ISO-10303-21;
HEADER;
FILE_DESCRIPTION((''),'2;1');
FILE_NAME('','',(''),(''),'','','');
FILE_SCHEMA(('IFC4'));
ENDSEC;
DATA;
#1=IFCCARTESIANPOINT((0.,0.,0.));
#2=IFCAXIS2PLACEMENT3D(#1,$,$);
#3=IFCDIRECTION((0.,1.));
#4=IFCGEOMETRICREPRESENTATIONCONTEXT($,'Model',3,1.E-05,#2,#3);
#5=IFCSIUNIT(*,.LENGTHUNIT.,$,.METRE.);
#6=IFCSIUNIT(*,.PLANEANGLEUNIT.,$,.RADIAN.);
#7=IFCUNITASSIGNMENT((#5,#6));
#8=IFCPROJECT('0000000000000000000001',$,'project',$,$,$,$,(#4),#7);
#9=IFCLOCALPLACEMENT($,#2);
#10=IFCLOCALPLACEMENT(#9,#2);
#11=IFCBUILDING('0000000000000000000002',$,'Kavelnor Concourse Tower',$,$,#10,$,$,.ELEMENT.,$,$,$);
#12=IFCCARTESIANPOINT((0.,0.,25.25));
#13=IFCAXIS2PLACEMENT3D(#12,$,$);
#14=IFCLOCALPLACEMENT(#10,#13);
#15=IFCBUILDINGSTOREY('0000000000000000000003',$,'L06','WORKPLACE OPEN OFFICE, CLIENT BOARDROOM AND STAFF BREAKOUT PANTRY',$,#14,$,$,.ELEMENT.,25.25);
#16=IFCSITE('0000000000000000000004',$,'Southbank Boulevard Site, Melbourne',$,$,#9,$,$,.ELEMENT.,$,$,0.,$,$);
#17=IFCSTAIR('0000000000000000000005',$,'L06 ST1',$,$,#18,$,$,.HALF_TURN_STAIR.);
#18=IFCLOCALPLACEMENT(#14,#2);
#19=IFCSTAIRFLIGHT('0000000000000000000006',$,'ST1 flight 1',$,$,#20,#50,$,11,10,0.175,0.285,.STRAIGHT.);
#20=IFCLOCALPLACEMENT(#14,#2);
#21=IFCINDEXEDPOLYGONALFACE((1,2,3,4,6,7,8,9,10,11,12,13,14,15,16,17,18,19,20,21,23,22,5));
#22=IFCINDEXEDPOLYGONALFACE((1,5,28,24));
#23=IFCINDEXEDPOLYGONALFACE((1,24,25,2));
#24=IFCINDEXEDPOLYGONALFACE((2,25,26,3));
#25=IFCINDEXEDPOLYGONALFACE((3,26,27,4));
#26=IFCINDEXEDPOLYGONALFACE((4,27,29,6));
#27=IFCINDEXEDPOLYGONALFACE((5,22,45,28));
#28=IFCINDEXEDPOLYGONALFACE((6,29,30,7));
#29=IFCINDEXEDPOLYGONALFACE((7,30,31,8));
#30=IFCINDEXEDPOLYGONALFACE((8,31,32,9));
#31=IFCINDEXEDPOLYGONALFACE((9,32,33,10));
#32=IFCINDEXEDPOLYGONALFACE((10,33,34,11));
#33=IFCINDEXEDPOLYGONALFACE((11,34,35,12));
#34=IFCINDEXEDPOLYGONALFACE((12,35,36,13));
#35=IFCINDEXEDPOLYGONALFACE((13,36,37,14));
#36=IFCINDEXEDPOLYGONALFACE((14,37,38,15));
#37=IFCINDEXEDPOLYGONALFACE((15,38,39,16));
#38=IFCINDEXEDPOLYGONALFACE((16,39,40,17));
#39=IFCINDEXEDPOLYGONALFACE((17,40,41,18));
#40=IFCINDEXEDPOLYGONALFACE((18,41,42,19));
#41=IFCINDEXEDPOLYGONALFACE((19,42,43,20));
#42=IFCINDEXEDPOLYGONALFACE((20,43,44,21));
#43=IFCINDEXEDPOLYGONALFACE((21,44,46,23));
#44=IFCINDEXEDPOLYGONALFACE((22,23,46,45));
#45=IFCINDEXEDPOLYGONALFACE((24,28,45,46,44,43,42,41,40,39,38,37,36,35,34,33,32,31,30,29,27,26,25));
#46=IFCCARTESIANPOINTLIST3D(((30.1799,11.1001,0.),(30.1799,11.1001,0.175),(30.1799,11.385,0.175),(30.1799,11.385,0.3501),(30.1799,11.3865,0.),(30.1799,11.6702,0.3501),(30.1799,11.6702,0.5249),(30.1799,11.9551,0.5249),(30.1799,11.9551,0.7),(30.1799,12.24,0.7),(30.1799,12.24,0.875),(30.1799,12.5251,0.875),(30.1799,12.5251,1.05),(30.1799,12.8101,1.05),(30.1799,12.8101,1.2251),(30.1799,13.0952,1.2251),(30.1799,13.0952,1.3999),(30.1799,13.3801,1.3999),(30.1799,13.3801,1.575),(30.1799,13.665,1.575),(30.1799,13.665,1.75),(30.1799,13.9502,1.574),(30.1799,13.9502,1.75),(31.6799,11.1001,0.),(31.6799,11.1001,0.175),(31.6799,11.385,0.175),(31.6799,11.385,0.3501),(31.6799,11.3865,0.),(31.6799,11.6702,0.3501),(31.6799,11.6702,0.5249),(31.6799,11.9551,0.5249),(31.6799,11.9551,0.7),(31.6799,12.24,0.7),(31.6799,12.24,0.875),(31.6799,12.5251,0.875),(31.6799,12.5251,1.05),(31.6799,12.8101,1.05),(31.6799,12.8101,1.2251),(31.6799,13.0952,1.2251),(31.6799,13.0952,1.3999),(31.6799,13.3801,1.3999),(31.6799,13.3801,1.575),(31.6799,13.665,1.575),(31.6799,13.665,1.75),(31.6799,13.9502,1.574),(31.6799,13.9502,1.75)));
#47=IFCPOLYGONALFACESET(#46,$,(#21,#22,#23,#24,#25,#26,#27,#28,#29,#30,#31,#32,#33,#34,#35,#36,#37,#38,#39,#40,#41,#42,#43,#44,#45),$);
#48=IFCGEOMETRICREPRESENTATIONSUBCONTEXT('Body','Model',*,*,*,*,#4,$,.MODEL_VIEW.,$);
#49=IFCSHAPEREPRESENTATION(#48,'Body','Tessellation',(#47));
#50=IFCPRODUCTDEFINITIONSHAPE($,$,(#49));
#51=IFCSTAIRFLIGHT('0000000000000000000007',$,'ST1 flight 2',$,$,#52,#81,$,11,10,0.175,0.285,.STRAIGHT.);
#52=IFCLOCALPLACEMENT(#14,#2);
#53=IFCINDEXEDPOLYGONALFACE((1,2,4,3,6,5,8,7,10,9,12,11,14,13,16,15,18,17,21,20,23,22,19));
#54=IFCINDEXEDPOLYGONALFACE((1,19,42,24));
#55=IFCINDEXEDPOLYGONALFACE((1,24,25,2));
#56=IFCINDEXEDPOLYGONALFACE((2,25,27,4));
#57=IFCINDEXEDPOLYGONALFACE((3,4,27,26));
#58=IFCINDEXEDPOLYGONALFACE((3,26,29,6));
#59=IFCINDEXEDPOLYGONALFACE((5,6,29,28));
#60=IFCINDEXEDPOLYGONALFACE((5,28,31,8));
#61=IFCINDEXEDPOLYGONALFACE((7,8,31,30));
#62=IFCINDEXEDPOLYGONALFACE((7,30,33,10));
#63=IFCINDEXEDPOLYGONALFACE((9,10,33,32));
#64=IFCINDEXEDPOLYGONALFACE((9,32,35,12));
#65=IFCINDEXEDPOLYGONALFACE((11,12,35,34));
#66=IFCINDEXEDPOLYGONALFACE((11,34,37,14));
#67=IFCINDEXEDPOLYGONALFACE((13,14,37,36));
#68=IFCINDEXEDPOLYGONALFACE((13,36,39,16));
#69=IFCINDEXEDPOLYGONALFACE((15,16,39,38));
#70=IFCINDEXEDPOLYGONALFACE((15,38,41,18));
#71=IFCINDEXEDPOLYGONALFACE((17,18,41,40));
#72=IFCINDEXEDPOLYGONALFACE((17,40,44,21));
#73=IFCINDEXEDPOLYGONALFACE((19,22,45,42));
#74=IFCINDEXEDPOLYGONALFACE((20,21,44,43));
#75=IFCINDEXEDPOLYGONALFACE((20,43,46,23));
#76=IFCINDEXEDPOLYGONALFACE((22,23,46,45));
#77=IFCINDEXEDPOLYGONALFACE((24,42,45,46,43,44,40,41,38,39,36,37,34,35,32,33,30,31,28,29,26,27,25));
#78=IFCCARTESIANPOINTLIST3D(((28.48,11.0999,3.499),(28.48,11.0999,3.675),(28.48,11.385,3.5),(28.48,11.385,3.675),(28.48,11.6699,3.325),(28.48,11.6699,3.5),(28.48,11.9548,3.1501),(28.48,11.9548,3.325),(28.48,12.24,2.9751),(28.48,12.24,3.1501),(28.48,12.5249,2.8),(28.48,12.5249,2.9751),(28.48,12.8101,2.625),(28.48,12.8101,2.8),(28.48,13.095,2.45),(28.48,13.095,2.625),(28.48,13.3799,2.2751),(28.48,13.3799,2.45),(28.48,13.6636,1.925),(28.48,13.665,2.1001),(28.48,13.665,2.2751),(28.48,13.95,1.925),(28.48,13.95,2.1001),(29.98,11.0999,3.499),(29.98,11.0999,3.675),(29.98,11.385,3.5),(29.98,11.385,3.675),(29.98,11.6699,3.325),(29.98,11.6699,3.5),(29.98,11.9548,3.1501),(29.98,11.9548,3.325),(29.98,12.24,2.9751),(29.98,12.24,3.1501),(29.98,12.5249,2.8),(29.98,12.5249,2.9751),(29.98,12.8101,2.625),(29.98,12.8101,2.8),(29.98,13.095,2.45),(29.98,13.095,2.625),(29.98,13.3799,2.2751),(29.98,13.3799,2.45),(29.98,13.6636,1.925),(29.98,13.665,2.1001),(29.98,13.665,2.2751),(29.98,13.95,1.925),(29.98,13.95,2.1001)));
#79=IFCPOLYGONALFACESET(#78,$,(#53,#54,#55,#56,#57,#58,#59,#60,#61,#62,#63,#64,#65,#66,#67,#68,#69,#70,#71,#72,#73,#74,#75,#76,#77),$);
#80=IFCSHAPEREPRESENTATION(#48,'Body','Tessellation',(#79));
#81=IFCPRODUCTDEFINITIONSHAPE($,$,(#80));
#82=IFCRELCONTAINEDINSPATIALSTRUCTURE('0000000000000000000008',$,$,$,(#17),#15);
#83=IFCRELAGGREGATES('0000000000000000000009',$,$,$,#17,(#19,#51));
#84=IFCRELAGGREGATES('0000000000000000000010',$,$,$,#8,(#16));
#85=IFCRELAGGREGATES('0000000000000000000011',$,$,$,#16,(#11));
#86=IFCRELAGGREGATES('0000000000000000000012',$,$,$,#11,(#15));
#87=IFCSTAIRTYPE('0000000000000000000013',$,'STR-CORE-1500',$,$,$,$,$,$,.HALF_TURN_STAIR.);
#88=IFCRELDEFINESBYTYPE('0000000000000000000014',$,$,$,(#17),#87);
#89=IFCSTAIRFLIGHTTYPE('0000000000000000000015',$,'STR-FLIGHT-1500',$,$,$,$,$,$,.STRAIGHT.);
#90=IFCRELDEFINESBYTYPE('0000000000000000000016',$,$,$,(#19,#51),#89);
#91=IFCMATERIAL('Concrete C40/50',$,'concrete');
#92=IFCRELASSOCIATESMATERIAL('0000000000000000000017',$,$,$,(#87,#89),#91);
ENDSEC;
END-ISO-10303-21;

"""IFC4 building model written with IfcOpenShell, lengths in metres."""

from ifc_helpers import new_model, si_unit, direction, frame, origin, place, context, subcontext, project, spatial, polyline, outline, extrude, material, type_object, element, aggregate, save


model = new_model("IFC4")

# Units and contexts
model_context = context("Model", 3, precision=1e-05, world=origin(), true_north=direction((0.0, 1.0)))
body_context = subcontext(model_context, "Body", "Model", "MODEL_VIEW")
ifc_project = project(units=[si_unit("LENGTHUNIT", "METRE"), si_unit("PLANEANGLEUNIT", "RADIAN")], contexts=[model_context])

# Site, building, storey
site_placement = place(None, origin())
site = spatial("IfcSite", under=ifc_project, at=site_placement, Name="Southbank Boulevard Site, Melbourne", CompositionType="ELEMENT", RefElevation=0.0)
building_placement = place(site_placement, origin())
building = spatial("IfcBuilding", under=site, at=building_placement, Name="Kavelnor Concourse Tower", CompositionType="ELEMENT")
storey_placement = place(building_placement, frame((0.0, 0.0, 25.25)))
storey = spatial("IfcBuildingStorey", under=building, at=storey_placement, Name="L06", Description="WORKPLACE OPEN OFFICE, CLIENT BOARDROOM AND STAFF BREAKOUT PANTRY", CompositionType="ELEMENT", Elevation=25.25)

# Stair, stair flights
ifc_material_1 = material(Name="Concrete C40/50", Category="concrete")
stair_type = type_object("IfcStairType", Name="STR-CORE-1500", PredefinedType="HALF_TURN_STAIR", material=ifc_material_1)
stair_placement = place(storey_placement, origin())
stair = element("IfcStair", 1, at=stair_placement, inside=storey, type_object=stair_type, Name="L06 ST1", PredefinedType="HALF_TURN_STAIR")
stair_flight_type = type_object("IfcStairFlightType", Name="STR-FLIGHT-1500", PredefinedType="STRAIGHT", material=ifc_material_1)
stair_flight_1_placement = place(storey_placement, frame((30.9299, 11.1001, 0.0), z_axis=(0.0, 0.0, 1.0), x_axis=(0.0, 1.0, 0.0)))
stair_flight_1 = element("IfcStairFlight", 2, at=stair_flight_1_placement, type_object=stair_flight_type, Name="ST1 flight 1", NumberOfRisers=11, NumberOfTreads=10, PredefinedType="STRAIGHT", RiserHeight=0.175, TreadLength=0.285, context=body_context, shape_type="SweptSolid", body=[
    extrude(outline(polyline([(0.0, 0.0), (0.0, 0.175), (0.2849, 0.175), (0.2849, 0.3501), (0.5701, 0.3501), (0.5701, 0.5249), (0.855, 0.5249), (0.855, 0.7), (1.1399, 0.7), (1.1399, 0.875), (1.425, 0.875), (1.425, 1.05), (1.71, 1.05), (1.71, 1.2251), (1.9951, 1.2251), (1.9951, 1.3999), (2.28, 1.3999), (2.28, 1.575), (2.5649, 1.575), (2.5649, 1.75), (2.8501, 1.75), (2.8501, 1.925), (2.8501, 1.574), (0.2864, 0.0), (0.0, 0.0)])), frame((0.0, 0.75, 0.0), z_axis=(0.0, -1.0, 0.0), x_axis=(1.0, 0.0, 0.0)), (0.0, 0.0, 1.0), 1.5),
])
stair_flight_2_placement = place(storey_placement, frame((29.23, 13.95, 1.925), z_axis=(0.0, 0.0, 1.0), x_axis=(0.0, -1.0, 0.0)))
stair_flight_2 = element("IfcStairFlight", 3, at=stair_flight_2_placement, type_object=stair_flight_type, Name="ST1 flight 2", NumberOfRisers=11, NumberOfTreads=10, PredefinedType="STRAIGHT", RiserHeight=0.175, TreadLength=0.285, context=body_context, shape_type="SweptSolid", body=[
    extrude(outline(polyline([(0.0, 0.0), (0.0, 0.175), (0.2849, 0.175), (0.2849, 0.3501), (0.5701, 0.3501), (0.5701, 0.5249), (0.855, 0.5249), (0.855, 0.7), (1.1399, 0.7), (1.1399, 0.875), (1.425, 0.875), (1.425, 1.05), (1.71, 1.05), (1.71, 1.2251), (1.9951, 1.2251), (1.9951, 1.3999), (2.28, 1.3999), (2.28, 1.575), (2.5649, 1.575), (2.5649, 1.75), (2.8501, 1.75), (2.8501, 1.925), (2.8501, 1.574), (0.2864, 0.0), (0.0, 0.0)])), frame((0.0, 0.75, 0.0), z_axis=(0.0, -1.0, 0.0), x_axis=(1.0, 0.0, 0.0)), (0.0, 0.0, 1.0), 1.5),
])
aggregate(stair, [stair_flight_1, stair_flight_2])

save(model, "model.ifc")
